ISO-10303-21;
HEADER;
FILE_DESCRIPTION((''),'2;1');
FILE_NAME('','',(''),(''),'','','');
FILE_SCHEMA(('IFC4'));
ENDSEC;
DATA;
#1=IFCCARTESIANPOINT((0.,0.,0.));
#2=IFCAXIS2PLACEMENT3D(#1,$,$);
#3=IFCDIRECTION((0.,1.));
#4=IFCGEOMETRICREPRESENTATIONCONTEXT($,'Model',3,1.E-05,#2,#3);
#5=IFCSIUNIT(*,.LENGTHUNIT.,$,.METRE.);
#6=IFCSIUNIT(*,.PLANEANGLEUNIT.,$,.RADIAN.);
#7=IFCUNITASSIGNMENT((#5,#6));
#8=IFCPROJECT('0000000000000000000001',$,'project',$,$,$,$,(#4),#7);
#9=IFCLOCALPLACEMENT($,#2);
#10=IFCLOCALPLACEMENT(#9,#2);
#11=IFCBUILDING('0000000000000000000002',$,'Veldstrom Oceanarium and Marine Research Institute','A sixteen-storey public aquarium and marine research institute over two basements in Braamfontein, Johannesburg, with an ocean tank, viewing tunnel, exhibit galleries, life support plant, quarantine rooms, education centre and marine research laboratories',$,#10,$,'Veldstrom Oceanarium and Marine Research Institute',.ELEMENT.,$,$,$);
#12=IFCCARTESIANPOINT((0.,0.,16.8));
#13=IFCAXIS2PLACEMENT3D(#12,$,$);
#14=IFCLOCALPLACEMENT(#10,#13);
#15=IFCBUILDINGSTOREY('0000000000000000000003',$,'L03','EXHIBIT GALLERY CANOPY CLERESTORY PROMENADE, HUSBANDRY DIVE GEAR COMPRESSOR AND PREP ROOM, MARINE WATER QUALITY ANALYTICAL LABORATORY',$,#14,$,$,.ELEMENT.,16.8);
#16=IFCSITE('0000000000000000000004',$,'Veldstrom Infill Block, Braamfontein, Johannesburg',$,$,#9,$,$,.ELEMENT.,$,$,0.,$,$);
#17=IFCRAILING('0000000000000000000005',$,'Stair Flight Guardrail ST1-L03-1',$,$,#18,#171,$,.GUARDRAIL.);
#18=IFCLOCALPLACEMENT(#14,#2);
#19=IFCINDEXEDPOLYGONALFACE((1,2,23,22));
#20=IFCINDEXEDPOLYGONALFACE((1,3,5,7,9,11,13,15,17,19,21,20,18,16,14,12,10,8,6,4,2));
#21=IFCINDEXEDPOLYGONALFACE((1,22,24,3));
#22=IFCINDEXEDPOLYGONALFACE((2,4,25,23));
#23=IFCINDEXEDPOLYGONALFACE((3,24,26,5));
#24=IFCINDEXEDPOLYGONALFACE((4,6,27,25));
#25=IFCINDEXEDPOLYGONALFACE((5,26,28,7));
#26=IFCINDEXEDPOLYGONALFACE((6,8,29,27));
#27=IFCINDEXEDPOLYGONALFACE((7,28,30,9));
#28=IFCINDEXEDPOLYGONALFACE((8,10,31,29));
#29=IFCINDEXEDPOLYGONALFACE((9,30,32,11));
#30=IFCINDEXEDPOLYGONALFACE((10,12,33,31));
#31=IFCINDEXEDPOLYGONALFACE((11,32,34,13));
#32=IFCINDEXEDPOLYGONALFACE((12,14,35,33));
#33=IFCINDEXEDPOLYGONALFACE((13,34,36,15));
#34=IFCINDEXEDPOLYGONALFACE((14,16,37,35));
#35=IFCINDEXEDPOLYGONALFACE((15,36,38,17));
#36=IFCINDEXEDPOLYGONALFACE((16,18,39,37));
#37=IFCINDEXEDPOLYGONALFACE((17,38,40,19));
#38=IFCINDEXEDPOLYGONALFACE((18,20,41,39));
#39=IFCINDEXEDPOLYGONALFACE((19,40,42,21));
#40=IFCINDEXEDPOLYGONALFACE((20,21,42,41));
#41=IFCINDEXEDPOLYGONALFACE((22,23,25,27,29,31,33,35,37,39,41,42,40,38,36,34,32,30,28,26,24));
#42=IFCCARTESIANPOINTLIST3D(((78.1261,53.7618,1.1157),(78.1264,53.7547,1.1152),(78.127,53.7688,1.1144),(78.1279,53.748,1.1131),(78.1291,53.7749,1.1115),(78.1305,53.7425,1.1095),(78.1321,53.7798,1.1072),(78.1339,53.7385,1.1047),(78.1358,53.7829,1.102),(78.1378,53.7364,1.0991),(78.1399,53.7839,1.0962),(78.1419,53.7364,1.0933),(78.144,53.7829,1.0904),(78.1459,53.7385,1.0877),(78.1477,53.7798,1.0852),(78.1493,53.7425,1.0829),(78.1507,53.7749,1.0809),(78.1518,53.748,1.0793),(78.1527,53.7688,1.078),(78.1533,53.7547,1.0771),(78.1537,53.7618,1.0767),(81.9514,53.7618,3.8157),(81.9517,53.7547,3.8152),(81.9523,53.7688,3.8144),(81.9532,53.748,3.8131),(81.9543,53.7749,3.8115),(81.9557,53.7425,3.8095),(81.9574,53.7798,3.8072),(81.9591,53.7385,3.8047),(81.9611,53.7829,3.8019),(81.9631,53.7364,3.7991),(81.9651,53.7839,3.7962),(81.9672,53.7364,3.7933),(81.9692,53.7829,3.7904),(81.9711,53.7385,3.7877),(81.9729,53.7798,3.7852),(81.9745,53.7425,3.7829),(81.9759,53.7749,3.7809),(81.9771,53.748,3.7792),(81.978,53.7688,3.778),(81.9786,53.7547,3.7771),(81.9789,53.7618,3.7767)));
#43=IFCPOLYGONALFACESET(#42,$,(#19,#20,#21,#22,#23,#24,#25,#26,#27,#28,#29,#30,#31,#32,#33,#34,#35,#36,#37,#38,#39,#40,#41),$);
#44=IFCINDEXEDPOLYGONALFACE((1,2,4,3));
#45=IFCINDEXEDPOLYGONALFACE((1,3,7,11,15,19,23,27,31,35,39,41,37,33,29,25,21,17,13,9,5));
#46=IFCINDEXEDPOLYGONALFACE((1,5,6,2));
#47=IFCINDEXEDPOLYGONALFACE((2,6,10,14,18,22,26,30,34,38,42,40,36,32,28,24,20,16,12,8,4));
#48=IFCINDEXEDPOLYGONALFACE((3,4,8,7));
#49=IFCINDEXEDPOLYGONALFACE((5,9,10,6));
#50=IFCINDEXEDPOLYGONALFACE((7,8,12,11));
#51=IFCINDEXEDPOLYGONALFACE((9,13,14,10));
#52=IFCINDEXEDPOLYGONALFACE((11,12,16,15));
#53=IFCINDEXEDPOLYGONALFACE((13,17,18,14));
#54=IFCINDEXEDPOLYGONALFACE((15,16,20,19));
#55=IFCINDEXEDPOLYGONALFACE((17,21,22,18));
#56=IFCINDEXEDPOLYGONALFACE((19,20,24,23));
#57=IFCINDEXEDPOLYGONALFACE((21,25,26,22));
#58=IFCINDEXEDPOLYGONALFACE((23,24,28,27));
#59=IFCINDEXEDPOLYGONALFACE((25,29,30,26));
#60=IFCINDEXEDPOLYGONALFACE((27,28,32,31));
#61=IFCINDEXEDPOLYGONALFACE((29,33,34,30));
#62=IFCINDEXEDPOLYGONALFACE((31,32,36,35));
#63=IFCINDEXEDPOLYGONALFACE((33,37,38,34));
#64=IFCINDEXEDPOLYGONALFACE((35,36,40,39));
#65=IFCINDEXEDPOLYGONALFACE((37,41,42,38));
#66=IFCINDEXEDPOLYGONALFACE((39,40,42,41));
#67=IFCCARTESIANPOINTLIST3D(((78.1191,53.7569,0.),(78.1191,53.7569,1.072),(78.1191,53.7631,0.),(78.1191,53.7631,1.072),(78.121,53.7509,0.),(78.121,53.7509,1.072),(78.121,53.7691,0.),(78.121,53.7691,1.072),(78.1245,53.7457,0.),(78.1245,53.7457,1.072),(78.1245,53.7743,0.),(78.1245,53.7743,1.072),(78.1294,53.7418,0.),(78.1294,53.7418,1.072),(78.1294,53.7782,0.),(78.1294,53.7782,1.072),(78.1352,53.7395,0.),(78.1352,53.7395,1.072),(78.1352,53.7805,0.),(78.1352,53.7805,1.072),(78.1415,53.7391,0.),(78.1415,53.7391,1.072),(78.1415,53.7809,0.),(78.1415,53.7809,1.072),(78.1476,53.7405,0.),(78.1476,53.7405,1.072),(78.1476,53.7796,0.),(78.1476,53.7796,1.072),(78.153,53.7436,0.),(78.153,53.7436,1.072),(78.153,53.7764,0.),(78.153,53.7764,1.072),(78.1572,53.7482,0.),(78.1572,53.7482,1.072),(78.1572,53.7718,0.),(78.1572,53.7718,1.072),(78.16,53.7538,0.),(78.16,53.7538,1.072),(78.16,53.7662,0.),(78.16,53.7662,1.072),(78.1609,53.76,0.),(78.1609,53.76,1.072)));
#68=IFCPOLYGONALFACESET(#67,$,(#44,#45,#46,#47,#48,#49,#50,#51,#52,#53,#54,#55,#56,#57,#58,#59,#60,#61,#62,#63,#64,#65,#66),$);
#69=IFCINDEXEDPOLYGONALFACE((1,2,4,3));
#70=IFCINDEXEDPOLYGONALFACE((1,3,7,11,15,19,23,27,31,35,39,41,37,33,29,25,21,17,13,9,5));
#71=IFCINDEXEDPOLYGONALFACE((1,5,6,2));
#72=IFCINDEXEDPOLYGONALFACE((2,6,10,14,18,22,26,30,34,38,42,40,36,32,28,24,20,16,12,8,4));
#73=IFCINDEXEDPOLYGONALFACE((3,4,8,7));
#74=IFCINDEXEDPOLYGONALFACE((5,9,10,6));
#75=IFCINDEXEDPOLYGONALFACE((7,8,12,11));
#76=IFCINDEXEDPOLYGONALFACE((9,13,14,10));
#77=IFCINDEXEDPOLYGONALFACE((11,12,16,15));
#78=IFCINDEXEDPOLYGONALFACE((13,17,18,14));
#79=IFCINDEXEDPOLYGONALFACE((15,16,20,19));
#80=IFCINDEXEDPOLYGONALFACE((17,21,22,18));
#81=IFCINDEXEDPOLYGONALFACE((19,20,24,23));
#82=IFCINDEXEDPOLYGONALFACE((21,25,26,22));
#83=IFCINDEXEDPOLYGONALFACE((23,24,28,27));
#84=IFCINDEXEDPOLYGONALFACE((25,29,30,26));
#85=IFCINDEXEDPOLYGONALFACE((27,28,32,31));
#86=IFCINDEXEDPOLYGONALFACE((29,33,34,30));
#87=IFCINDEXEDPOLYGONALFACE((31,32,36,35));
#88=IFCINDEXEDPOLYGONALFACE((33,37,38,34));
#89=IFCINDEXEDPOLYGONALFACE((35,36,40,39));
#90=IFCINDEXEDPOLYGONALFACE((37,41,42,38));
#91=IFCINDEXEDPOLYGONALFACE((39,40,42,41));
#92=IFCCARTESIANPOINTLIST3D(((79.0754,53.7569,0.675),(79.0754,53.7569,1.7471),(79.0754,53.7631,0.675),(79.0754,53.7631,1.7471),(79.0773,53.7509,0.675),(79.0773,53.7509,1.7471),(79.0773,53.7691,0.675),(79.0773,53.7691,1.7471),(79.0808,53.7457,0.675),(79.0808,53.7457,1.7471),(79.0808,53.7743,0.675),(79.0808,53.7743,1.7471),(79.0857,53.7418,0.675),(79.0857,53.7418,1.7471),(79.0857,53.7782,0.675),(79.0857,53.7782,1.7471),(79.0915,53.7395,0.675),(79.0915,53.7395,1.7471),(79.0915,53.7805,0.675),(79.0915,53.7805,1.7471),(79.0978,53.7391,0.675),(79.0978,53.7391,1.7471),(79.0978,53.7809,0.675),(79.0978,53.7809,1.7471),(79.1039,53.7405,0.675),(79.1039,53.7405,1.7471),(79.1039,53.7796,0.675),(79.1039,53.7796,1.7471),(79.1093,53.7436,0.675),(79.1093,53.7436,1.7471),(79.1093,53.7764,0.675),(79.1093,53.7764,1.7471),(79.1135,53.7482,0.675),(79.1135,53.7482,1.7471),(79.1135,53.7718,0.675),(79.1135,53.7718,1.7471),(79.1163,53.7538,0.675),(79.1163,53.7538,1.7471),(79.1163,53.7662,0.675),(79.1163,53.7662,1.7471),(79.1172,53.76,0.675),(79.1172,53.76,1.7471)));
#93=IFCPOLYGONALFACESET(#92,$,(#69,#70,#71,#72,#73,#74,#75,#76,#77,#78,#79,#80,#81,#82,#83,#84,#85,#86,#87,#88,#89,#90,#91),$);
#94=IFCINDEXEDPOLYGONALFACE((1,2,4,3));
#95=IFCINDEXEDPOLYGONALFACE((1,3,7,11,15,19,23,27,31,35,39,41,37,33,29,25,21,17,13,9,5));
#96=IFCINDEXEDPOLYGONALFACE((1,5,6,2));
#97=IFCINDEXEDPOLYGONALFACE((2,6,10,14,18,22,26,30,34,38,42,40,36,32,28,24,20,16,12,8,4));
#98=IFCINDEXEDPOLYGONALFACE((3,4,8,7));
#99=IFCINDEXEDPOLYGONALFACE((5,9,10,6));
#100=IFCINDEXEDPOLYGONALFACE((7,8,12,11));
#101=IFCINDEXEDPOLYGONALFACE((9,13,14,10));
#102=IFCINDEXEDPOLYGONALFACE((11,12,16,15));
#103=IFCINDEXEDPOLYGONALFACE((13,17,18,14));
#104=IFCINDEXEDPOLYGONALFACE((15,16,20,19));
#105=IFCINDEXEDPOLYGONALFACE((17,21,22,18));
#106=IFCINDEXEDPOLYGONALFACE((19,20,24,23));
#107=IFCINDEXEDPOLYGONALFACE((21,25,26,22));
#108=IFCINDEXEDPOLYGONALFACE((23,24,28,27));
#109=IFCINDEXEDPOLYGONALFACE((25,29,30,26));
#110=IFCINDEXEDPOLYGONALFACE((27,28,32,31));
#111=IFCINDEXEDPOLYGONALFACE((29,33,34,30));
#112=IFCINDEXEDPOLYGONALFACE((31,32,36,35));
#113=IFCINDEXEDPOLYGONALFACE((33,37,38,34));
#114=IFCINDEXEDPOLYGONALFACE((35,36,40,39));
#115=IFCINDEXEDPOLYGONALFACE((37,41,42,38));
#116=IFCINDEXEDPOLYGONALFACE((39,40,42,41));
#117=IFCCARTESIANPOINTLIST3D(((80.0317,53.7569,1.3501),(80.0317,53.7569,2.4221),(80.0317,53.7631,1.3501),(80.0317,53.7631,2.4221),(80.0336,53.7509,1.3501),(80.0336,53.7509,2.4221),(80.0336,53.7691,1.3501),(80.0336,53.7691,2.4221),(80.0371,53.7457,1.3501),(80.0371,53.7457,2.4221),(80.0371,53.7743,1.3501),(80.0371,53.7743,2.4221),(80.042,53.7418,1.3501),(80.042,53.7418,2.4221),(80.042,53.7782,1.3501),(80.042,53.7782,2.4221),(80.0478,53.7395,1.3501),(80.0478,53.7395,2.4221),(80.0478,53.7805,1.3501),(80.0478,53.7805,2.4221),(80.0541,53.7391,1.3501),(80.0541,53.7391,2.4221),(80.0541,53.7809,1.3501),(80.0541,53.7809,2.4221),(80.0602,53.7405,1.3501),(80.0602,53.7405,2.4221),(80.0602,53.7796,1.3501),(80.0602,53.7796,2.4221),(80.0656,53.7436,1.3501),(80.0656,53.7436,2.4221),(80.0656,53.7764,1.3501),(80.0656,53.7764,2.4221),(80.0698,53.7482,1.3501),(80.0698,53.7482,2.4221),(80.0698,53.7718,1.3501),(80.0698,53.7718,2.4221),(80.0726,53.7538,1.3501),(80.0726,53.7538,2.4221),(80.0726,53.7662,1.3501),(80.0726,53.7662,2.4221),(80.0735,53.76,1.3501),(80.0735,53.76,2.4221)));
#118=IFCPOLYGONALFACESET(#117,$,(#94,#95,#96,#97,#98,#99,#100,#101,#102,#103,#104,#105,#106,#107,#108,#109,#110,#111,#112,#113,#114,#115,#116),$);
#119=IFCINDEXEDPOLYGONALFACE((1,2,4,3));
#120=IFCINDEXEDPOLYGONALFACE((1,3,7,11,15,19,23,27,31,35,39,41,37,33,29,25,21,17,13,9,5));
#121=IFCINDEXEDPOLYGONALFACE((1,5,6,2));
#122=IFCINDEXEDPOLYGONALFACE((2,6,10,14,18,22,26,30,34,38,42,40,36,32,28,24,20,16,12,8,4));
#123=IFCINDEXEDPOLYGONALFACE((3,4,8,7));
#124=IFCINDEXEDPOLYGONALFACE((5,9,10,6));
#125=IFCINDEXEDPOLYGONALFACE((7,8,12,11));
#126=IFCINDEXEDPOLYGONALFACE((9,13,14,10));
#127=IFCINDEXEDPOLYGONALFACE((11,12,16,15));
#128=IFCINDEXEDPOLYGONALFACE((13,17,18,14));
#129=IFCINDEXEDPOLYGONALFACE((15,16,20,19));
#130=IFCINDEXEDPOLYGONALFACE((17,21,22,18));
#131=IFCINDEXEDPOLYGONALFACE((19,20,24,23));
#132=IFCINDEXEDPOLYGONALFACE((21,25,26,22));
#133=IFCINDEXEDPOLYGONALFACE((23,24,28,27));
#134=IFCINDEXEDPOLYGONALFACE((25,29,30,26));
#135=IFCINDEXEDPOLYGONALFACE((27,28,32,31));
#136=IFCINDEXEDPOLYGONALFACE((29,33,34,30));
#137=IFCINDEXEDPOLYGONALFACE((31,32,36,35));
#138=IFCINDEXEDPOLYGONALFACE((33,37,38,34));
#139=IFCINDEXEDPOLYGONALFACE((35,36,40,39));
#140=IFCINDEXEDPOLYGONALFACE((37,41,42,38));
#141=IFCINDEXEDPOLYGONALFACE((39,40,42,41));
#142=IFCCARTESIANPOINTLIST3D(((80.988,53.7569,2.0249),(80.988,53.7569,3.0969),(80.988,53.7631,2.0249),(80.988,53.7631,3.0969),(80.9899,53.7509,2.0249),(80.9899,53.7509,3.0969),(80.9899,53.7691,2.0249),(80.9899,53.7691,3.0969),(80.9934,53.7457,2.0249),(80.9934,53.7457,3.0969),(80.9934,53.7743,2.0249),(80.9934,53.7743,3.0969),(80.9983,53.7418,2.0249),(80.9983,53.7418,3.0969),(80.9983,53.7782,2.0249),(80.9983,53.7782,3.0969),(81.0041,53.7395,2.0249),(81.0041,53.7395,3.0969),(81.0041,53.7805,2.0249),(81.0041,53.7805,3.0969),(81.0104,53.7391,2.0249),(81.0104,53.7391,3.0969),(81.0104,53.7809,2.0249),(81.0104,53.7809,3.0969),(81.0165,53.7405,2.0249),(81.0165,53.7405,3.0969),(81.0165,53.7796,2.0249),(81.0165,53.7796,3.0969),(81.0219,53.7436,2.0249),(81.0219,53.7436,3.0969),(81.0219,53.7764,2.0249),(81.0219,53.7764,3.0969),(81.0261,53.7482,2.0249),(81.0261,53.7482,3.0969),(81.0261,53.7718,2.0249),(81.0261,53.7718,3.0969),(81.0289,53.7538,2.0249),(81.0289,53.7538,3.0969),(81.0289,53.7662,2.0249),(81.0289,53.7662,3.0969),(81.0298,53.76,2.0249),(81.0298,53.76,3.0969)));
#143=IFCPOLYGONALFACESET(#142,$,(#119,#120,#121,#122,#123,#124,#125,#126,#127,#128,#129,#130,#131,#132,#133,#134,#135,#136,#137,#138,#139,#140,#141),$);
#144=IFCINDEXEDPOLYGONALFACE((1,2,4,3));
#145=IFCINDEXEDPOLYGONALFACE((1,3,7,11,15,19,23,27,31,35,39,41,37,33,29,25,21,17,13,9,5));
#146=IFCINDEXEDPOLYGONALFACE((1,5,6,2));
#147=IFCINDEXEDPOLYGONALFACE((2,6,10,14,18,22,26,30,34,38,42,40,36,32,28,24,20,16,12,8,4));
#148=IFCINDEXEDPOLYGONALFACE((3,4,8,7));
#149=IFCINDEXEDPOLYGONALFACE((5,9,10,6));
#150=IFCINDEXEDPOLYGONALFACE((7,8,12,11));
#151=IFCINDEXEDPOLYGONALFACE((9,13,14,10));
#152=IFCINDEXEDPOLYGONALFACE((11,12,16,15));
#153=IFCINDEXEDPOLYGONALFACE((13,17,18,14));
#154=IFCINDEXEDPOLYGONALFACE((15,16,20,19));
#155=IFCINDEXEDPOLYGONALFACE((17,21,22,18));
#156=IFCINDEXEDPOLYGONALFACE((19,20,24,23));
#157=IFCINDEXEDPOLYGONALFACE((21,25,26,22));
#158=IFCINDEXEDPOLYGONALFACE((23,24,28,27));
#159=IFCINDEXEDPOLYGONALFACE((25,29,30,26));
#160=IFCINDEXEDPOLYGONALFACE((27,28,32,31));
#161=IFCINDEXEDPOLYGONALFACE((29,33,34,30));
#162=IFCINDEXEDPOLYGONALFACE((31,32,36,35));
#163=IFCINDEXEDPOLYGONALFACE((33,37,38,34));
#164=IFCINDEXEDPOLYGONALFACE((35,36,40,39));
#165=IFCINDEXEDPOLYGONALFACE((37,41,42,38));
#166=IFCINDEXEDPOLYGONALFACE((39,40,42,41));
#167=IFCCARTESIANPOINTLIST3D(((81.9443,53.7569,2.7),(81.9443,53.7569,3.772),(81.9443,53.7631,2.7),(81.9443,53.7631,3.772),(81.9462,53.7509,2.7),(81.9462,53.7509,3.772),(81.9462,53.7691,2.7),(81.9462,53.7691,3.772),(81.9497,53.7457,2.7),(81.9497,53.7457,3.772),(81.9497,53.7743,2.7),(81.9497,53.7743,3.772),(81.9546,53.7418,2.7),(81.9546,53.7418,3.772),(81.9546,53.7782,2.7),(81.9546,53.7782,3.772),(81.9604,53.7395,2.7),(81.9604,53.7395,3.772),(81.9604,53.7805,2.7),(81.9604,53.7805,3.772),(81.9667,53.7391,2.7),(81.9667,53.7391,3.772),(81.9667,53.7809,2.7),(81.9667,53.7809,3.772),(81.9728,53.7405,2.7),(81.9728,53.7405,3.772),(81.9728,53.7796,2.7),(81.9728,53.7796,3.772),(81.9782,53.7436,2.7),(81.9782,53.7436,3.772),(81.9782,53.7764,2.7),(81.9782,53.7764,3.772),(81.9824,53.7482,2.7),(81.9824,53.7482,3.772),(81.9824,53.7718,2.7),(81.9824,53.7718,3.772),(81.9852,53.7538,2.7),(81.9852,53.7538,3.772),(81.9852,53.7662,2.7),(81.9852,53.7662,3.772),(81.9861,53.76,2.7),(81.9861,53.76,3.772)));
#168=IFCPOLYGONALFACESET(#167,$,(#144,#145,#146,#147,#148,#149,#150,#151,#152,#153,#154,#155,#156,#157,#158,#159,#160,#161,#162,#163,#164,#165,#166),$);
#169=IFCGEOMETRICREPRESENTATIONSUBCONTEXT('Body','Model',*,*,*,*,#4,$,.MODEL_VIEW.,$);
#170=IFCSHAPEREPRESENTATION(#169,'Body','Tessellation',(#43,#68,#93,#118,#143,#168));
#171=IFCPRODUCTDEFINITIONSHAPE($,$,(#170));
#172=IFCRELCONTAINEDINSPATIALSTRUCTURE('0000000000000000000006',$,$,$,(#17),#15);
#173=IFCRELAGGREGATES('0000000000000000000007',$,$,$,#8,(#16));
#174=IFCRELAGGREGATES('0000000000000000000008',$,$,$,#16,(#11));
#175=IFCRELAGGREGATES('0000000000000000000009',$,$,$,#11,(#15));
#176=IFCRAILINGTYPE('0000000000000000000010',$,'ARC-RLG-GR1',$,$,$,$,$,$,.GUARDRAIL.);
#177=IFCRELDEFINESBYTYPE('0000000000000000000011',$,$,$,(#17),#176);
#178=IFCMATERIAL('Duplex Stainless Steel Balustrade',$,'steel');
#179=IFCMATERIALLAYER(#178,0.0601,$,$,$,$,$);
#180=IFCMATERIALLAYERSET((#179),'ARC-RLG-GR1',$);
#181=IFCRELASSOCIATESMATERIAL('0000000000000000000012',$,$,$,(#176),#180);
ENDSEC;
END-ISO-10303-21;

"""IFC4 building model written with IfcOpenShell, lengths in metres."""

from ifc_helpers import new_model, si_unit, direction, frame, origin, origin_2d, place, context, subcontext, project, spatial, circle, extrude, material, layer, layer_set, type_object, element, save


model = new_model("IFC4")

# Units and contexts
model_context = context("Model", 3, precision=1e-05, world=origin(), true_north=direction((0.0, 1.0)))
body_context = subcontext(model_context, "Body", "Model", "MODEL_VIEW")
ifc_project = project(units=[si_unit("LENGTHUNIT", "METRE"), si_unit("PLANEANGLEUNIT", "RADIAN")], contexts=[model_context])

# Site, building, storey
site_placement = place(None, origin())
site = spatial("IfcSite", under=ifc_project, at=site_placement, Name="Veldstrom Infill Block, Braamfontein, Johannesburg", CompositionType="ELEMENT", RefElevation=0.0)
building_placement = place(site_placement, origin())
building = spatial("IfcBuilding", under=site, at=building_placement, Name="Veldstrom Oceanarium and Marine Research Institute", Description="A sixteen-storey public aquarium and marine research institute over two basements in Braamfontein, Johannesburg, with an ocean tank, viewing tunnel, exhibit galleries, life support plant, quarantine rooms, education centre and marine research laboratories", LongName="Veldstrom Oceanarium and Marine Research Institute", CompositionType="ELEMENT")
storey_placement = place(building_placement, frame((0.0, 0.0, 16.8)))
storey = spatial("IfcBuildingStorey", under=building, at=storey_placement, Name="L03", Description="EXHIBIT GALLERY CANOPY CLERESTORY PROMENADE, HUSBANDRY DIVE GEAR COMPRESSOR AND PREP ROOM, MARINE WATER QUALITY ANALYTICAL LABORATORY", CompositionType="ELEMENT", Elevation=16.8)

# Railing
ifc_material_1 = material(Name="Duplex Stainless Steel Balustrade", Category="steel")
ifc_layer_1 = layer(ifc_material_1, 0.0601)
ifc_layer_set_1 = layer_set([ifc_layer_1], Name="ARC-RLG-GR1")
railing_type_1 = type_object("IfcRailingType", Name="ARC-RLG-GR1", PredefinedType="GUARDRAIL", material=ifc_layer_set_1)
railing_1_placement = place(storey_placement, frame((78.1399, 53.76, 0.0)))
element("IfcRailing", 1, at=railing_1_placement, inside=storey, type_object=railing_type_1, Name="Stair Flight Guardrail ST1-L03-1", PredefinedType="GUARDRAIL", context=body_context, shape_type="SweptSolid", body=[
    extrude(circle(Radius=0.0239, at=origin_2d()), frame((0.0, 0.0, 1.0962), z_axis=(0.816987, 0.0, 0.576657), x_axis=(0.0, 1.0, 0.0)), (0.0, 0.0, 1.0), 4.6821),
    extrude(circle(Radius=0.021, at=origin_2d()), origin(), (0.0, 0.0, 1.0), 1.072),
    extrude(circle(Radius=0.021, at=origin_2d()), frame((0.9563, 0.0, 0.675)), (0.0, 0.0, 1.0), 1.072),
    extrude(circle(Radius=0.021, at=origin_2d()), frame((1.9126, 0.0, 1.3501)), (0.0, 0.0, 1.0), 1.072),
    extrude(circle(Radius=0.021, at=origin_2d()), frame((2.8689, 0.0, 2.0249)), (0.0, 0.0, 1.0), 1.072),
    extrude(circle(Radius=0.021, at=origin_2d()), frame((3.8252, 0.0, 2.7)), (0.0, 0.0, 1.0), 1.072),
])

save(model, "model.ifc")
